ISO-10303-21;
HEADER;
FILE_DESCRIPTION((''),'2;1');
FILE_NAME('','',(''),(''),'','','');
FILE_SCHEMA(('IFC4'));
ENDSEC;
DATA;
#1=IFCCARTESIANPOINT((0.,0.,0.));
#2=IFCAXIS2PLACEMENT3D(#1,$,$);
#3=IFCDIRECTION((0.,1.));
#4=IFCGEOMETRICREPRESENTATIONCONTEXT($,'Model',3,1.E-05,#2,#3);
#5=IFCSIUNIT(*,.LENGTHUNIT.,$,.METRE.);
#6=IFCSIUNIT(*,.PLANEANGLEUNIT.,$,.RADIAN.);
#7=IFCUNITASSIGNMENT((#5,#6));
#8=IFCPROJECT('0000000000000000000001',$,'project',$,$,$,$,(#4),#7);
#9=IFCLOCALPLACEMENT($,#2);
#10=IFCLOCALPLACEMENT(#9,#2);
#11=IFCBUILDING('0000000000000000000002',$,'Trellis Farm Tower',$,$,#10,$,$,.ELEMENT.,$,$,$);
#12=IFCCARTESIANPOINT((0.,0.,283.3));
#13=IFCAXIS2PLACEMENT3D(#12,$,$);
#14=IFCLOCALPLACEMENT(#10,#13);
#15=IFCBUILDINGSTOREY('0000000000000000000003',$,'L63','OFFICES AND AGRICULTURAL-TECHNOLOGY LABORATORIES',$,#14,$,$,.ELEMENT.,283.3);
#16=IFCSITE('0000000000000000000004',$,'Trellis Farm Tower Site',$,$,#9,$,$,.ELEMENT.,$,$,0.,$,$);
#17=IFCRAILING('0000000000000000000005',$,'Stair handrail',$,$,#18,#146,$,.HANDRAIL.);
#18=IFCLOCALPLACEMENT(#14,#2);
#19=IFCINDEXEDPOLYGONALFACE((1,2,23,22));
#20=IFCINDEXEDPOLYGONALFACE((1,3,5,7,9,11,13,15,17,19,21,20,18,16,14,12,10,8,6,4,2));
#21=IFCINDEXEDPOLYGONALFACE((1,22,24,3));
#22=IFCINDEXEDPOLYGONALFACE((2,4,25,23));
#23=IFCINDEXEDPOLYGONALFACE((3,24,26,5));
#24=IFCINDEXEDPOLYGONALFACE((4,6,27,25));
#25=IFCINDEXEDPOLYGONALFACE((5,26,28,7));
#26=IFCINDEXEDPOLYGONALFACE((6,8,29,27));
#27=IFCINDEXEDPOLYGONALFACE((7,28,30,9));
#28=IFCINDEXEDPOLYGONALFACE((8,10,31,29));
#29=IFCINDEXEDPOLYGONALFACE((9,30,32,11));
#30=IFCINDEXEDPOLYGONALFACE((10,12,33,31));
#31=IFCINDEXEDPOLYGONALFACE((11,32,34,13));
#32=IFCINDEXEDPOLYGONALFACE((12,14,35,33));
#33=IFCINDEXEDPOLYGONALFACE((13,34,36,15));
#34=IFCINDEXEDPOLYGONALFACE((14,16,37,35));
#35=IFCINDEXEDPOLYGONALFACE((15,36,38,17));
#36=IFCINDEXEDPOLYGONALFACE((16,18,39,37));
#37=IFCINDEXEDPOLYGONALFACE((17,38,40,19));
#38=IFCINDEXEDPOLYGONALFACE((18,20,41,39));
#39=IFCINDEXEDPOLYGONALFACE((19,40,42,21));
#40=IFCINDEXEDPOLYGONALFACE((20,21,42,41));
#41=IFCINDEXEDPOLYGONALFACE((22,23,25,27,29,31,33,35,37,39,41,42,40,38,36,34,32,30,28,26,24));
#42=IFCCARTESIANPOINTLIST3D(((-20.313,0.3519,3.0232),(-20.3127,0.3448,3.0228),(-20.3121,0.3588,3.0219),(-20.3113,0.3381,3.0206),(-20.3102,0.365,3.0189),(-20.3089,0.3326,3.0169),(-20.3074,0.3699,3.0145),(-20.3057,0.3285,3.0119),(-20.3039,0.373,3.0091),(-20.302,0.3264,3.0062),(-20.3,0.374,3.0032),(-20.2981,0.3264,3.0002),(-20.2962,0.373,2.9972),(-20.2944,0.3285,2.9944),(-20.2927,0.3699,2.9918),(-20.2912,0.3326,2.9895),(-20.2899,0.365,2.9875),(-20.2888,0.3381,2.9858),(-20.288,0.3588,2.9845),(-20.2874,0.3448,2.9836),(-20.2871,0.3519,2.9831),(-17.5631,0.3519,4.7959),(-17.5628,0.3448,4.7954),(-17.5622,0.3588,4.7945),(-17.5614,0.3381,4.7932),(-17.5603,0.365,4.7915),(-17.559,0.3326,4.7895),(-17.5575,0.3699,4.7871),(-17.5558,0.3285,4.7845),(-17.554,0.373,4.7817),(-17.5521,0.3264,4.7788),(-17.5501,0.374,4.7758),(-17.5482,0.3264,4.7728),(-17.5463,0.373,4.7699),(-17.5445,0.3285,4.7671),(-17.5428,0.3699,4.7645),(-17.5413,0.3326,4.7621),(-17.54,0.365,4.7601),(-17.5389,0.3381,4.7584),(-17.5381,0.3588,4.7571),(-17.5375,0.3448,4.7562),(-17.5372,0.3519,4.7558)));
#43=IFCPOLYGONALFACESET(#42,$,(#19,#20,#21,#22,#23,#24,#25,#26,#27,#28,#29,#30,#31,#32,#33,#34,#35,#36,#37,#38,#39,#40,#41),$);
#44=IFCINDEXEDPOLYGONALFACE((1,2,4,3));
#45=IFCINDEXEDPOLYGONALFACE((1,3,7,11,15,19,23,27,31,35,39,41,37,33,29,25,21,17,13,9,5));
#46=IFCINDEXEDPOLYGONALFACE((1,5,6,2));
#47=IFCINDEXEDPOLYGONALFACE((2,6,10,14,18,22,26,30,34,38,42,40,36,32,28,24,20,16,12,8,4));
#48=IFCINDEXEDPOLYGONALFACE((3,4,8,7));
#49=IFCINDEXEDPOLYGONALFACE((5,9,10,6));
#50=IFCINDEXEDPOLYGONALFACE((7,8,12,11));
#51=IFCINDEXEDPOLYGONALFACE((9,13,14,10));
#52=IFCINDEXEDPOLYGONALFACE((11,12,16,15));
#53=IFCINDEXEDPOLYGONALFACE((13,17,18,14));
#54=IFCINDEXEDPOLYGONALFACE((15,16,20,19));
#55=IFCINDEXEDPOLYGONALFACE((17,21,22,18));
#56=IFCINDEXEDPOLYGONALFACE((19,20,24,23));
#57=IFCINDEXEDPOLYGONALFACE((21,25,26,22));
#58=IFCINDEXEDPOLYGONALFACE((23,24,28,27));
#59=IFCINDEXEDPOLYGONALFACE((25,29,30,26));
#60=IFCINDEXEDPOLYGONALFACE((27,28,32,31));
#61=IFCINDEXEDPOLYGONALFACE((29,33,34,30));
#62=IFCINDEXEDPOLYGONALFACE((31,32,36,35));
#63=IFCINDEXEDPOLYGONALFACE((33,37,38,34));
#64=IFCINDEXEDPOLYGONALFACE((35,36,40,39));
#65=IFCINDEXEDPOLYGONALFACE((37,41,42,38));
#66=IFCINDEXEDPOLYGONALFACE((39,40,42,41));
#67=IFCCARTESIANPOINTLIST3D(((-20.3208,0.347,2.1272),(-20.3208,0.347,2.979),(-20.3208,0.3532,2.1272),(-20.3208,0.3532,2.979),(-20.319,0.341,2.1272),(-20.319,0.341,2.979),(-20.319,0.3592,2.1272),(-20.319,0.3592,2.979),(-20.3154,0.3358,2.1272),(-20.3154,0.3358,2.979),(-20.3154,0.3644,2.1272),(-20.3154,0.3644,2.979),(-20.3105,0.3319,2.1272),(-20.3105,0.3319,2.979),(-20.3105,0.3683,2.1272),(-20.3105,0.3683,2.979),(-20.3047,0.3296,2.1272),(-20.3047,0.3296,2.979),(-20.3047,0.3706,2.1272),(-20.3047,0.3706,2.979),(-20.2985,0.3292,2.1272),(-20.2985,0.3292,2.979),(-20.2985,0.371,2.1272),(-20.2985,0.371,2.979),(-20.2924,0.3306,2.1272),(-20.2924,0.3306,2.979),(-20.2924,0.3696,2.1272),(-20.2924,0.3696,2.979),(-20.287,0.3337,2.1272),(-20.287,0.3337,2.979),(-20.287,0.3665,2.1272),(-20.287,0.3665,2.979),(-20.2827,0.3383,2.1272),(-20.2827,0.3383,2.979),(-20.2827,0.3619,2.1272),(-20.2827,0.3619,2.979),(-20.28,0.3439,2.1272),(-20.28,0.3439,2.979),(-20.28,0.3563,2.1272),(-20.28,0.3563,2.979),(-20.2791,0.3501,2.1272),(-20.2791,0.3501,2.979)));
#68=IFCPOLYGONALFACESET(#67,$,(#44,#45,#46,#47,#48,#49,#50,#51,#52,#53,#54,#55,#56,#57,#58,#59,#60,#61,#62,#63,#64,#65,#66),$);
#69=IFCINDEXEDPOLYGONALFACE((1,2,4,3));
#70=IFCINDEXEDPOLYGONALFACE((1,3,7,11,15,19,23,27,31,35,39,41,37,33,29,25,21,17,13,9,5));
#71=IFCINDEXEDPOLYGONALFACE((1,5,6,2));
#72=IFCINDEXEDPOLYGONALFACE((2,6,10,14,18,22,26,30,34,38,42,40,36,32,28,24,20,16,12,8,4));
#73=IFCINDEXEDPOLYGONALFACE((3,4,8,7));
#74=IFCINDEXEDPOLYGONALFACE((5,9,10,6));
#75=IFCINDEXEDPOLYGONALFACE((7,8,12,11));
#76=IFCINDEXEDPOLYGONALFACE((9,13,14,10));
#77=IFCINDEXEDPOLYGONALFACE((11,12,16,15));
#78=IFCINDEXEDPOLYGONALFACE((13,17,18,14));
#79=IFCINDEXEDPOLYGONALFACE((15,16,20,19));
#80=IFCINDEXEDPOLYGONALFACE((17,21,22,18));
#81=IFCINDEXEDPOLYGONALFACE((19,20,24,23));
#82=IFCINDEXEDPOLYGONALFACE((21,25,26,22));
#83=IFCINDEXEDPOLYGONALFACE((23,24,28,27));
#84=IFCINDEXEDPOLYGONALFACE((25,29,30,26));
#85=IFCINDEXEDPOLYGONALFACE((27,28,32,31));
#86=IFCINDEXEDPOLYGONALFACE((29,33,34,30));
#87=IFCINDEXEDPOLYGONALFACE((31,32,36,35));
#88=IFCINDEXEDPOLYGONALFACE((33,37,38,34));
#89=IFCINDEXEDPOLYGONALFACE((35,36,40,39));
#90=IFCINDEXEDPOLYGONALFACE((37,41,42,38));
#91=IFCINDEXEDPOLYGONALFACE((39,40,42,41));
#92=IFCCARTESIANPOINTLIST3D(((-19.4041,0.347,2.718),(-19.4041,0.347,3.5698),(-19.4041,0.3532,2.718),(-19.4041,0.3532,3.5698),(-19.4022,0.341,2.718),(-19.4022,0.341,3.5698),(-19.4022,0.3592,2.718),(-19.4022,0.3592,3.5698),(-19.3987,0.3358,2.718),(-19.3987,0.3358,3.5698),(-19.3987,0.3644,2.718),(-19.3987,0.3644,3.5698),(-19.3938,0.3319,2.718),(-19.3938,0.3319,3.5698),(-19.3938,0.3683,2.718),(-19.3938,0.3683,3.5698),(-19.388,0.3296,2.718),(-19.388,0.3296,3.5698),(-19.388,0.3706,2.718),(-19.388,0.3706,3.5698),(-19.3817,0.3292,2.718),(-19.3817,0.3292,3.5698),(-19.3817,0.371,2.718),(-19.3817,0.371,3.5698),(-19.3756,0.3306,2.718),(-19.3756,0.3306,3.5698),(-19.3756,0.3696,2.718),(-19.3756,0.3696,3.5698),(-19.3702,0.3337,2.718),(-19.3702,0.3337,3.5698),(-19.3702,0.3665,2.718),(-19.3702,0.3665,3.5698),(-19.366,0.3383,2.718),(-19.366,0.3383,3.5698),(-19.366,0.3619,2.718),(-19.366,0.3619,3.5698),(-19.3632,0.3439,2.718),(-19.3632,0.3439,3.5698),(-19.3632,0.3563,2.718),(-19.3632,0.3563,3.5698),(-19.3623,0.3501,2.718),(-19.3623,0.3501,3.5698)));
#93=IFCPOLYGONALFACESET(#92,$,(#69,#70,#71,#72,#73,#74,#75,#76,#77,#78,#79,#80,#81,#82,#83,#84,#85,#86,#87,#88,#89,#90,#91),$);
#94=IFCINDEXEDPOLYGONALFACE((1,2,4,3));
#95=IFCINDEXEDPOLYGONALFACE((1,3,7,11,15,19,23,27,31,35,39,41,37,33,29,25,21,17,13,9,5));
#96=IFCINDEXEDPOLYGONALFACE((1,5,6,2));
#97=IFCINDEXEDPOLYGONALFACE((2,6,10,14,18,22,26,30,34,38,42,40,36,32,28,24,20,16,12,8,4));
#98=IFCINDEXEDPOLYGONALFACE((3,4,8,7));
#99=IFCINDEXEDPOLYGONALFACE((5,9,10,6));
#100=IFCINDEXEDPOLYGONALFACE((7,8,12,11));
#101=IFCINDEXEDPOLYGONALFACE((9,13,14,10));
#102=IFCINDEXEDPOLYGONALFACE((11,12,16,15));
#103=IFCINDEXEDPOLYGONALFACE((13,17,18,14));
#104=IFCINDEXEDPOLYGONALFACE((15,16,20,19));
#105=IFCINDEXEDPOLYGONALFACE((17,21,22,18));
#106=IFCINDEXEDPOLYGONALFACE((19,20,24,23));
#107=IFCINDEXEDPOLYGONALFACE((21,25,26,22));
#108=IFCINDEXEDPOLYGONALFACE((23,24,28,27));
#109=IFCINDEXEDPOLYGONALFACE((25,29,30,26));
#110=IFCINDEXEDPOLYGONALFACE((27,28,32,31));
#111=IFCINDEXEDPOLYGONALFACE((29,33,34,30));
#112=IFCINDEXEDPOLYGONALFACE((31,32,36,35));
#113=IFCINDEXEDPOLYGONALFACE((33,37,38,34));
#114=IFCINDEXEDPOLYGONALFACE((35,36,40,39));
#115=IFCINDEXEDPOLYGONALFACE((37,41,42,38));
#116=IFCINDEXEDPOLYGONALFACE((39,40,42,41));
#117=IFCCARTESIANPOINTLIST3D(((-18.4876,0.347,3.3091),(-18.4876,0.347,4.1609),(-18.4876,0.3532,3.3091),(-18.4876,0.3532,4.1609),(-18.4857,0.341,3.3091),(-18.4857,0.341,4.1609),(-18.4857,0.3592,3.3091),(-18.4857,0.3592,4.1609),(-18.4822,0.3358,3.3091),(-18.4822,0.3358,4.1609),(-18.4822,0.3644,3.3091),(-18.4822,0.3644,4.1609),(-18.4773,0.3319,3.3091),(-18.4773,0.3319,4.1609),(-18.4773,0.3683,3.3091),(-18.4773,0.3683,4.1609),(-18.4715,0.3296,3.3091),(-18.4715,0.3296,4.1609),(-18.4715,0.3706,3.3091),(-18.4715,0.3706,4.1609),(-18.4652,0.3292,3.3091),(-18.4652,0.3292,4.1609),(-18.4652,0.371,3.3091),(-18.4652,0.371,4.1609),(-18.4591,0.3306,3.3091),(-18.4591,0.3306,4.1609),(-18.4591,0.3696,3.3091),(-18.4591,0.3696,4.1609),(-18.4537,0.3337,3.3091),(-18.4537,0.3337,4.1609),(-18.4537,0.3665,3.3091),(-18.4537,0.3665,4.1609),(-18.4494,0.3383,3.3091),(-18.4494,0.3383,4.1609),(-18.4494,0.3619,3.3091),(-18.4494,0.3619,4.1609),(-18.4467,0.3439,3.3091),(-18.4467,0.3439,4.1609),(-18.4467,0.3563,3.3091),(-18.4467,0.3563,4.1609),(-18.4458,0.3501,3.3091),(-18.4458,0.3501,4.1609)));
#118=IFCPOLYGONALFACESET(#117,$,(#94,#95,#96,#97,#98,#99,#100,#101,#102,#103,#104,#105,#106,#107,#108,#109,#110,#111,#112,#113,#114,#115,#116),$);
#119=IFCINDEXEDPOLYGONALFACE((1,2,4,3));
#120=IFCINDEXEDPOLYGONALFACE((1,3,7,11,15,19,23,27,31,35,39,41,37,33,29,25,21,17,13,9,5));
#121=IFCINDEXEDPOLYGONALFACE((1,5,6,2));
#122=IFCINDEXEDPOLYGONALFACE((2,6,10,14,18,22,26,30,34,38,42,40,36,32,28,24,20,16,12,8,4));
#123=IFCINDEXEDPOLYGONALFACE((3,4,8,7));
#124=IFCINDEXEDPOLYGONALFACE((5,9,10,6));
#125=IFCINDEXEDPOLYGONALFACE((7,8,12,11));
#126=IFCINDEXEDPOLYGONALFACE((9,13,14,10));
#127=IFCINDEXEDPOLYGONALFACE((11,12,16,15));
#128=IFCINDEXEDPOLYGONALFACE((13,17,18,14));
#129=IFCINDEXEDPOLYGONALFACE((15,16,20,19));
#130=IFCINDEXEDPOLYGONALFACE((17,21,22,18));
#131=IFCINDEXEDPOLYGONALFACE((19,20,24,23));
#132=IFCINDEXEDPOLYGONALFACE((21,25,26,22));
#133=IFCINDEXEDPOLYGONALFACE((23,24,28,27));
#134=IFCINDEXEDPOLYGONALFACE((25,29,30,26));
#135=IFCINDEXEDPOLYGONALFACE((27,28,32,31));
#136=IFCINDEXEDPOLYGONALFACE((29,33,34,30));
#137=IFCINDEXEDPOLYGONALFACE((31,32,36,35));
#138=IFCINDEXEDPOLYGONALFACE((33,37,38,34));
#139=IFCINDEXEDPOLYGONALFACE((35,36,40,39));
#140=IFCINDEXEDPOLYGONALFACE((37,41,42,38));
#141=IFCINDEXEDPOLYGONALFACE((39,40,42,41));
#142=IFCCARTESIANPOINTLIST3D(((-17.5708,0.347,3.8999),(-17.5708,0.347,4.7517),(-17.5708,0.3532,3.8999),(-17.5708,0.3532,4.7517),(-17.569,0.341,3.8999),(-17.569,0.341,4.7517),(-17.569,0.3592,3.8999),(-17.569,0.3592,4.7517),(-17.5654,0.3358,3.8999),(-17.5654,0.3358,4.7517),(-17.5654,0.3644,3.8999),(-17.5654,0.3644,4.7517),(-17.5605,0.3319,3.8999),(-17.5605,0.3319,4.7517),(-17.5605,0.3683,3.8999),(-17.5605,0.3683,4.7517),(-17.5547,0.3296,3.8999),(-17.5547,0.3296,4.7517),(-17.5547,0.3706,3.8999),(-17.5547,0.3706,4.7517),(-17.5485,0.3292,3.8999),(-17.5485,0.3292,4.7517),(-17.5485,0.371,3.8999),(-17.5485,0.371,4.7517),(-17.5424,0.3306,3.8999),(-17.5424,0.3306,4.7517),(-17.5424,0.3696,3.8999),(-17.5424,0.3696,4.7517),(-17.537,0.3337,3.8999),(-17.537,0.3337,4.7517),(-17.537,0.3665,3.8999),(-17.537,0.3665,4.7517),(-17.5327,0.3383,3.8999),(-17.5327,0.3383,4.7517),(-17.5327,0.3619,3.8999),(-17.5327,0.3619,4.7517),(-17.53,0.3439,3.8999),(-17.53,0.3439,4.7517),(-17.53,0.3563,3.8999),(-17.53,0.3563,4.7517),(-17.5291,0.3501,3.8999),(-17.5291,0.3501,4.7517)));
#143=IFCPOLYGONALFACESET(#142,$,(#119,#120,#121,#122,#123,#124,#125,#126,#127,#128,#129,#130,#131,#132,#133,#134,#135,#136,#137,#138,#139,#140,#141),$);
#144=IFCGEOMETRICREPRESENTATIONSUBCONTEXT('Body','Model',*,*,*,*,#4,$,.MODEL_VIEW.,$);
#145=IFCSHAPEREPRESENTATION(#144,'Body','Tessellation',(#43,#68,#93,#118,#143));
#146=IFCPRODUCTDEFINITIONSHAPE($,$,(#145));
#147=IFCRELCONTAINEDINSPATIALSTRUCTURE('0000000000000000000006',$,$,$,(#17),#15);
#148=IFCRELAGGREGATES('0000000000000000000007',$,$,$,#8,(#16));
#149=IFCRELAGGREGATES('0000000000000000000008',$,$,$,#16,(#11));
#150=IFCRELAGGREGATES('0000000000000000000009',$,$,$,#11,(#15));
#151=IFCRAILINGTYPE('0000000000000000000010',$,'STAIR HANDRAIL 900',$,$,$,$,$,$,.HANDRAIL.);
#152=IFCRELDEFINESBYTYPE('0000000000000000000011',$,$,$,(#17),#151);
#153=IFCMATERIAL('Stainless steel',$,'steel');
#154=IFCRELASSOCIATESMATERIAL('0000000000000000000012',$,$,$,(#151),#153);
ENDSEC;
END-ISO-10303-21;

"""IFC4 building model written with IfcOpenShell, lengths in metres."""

from ifc_helpers import new_model, si_unit, direction, frame, origin, origin_2d, place, context, subcontext, project, spatial, circle, extrude, source, transform, mapped, material, type_object, element, save


model = new_model("IFC4")

# Units and contexts
model_context = context("Model", 3, precision=1e-05, world=origin(), true_north=direction((0.0, 1.0)))
body_context = subcontext(model_context, "Body", "Model", "MODEL_VIEW")
ifc_project = project(units=[si_unit("LENGTHUNIT", "METRE"), si_unit("PLANEANGLEUNIT", "RADIAN")], contexts=[model_context])

# Site, building, storey
site_placement = place(None, origin())
site = spatial("IfcSite", under=ifc_project, at=site_placement, Name="Trellis Farm Tower Site", CompositionType="ELEMENT", RefElevation=0.0)
building_placement = place(site_placement, origin())
building = spatial("IfcBuilding", under=site, at=building_placement, Name="Trellis Farm Tower", CompositionType="ELEMENT")
storey_placement = place(building_placement, frame((0.0, 0.0, 283.3)))
storey = spatial("IfcBuildingStorey", under=building, at=storey_placement, Name="L63", Description="OFFICES AND AGRICULTURAL-TECHNOLOGY LABORATORIES", CompositionType="ELEMENT", Elevation=283.3)

# Railing
ifc_material_1 = material(Name="Stainless steel", Category="steel")
railing_type = type_object("IfcRailingType", Name="STAIR HANDRAIL 900", PredefinedType="HANDRAIL", material=ifc_material_1)
shared_shape_1 = source(origin(), body_context, "Body", "SweptSolid", [
    extrude(circle(Radius=0.0239, at=origin_2d()), frame((0.0, 0.0, 0.876), z_axis=(0.840504, 0.0, 0.541806), x_axis=(0.0, 1.0, 0.0)), (0.0, 0.0, 1.0), 3.2717),
    extrude(circle(Radius=0.021, at=origin_2d()), origin(), (0.0, 0.0, 1.0), 0.8518),
    extrude(circle(Radius=0.021, at=origin_2d()), frame((0.9167, 0.0, 0.5908)), (0.0, 0.0, 1.0), 0.8518),
    extrude(circle(Radius=0.021, at=origin_2d()), frame((1.8333, 0.0, 1.1819)), (0.0, 0.0, 1.0), 0.8518),
    extrude(circle(Radius=0.021, at=origin_2d()), frame((2.75, 0.0, 1.7727)), (0.0, 0.0, 1.0), 0.8518),
])
for number, where, name in (
    (1, (-20.3, 0.3501, 2.1272), "Stair handrail"),
):
    element("IfcRailing", number, at=place(storey_placement, frame(where)), inside=storey, type_object=railing_type, Name=name, PredefinedType="HANDRAIL", context=body_context, shape_type="MappedRepresentation", body=[
        mapped(shared_shape_1, transform((0.0, 0.0, 0.0))),
    ])

save(model, "model.ifc")
